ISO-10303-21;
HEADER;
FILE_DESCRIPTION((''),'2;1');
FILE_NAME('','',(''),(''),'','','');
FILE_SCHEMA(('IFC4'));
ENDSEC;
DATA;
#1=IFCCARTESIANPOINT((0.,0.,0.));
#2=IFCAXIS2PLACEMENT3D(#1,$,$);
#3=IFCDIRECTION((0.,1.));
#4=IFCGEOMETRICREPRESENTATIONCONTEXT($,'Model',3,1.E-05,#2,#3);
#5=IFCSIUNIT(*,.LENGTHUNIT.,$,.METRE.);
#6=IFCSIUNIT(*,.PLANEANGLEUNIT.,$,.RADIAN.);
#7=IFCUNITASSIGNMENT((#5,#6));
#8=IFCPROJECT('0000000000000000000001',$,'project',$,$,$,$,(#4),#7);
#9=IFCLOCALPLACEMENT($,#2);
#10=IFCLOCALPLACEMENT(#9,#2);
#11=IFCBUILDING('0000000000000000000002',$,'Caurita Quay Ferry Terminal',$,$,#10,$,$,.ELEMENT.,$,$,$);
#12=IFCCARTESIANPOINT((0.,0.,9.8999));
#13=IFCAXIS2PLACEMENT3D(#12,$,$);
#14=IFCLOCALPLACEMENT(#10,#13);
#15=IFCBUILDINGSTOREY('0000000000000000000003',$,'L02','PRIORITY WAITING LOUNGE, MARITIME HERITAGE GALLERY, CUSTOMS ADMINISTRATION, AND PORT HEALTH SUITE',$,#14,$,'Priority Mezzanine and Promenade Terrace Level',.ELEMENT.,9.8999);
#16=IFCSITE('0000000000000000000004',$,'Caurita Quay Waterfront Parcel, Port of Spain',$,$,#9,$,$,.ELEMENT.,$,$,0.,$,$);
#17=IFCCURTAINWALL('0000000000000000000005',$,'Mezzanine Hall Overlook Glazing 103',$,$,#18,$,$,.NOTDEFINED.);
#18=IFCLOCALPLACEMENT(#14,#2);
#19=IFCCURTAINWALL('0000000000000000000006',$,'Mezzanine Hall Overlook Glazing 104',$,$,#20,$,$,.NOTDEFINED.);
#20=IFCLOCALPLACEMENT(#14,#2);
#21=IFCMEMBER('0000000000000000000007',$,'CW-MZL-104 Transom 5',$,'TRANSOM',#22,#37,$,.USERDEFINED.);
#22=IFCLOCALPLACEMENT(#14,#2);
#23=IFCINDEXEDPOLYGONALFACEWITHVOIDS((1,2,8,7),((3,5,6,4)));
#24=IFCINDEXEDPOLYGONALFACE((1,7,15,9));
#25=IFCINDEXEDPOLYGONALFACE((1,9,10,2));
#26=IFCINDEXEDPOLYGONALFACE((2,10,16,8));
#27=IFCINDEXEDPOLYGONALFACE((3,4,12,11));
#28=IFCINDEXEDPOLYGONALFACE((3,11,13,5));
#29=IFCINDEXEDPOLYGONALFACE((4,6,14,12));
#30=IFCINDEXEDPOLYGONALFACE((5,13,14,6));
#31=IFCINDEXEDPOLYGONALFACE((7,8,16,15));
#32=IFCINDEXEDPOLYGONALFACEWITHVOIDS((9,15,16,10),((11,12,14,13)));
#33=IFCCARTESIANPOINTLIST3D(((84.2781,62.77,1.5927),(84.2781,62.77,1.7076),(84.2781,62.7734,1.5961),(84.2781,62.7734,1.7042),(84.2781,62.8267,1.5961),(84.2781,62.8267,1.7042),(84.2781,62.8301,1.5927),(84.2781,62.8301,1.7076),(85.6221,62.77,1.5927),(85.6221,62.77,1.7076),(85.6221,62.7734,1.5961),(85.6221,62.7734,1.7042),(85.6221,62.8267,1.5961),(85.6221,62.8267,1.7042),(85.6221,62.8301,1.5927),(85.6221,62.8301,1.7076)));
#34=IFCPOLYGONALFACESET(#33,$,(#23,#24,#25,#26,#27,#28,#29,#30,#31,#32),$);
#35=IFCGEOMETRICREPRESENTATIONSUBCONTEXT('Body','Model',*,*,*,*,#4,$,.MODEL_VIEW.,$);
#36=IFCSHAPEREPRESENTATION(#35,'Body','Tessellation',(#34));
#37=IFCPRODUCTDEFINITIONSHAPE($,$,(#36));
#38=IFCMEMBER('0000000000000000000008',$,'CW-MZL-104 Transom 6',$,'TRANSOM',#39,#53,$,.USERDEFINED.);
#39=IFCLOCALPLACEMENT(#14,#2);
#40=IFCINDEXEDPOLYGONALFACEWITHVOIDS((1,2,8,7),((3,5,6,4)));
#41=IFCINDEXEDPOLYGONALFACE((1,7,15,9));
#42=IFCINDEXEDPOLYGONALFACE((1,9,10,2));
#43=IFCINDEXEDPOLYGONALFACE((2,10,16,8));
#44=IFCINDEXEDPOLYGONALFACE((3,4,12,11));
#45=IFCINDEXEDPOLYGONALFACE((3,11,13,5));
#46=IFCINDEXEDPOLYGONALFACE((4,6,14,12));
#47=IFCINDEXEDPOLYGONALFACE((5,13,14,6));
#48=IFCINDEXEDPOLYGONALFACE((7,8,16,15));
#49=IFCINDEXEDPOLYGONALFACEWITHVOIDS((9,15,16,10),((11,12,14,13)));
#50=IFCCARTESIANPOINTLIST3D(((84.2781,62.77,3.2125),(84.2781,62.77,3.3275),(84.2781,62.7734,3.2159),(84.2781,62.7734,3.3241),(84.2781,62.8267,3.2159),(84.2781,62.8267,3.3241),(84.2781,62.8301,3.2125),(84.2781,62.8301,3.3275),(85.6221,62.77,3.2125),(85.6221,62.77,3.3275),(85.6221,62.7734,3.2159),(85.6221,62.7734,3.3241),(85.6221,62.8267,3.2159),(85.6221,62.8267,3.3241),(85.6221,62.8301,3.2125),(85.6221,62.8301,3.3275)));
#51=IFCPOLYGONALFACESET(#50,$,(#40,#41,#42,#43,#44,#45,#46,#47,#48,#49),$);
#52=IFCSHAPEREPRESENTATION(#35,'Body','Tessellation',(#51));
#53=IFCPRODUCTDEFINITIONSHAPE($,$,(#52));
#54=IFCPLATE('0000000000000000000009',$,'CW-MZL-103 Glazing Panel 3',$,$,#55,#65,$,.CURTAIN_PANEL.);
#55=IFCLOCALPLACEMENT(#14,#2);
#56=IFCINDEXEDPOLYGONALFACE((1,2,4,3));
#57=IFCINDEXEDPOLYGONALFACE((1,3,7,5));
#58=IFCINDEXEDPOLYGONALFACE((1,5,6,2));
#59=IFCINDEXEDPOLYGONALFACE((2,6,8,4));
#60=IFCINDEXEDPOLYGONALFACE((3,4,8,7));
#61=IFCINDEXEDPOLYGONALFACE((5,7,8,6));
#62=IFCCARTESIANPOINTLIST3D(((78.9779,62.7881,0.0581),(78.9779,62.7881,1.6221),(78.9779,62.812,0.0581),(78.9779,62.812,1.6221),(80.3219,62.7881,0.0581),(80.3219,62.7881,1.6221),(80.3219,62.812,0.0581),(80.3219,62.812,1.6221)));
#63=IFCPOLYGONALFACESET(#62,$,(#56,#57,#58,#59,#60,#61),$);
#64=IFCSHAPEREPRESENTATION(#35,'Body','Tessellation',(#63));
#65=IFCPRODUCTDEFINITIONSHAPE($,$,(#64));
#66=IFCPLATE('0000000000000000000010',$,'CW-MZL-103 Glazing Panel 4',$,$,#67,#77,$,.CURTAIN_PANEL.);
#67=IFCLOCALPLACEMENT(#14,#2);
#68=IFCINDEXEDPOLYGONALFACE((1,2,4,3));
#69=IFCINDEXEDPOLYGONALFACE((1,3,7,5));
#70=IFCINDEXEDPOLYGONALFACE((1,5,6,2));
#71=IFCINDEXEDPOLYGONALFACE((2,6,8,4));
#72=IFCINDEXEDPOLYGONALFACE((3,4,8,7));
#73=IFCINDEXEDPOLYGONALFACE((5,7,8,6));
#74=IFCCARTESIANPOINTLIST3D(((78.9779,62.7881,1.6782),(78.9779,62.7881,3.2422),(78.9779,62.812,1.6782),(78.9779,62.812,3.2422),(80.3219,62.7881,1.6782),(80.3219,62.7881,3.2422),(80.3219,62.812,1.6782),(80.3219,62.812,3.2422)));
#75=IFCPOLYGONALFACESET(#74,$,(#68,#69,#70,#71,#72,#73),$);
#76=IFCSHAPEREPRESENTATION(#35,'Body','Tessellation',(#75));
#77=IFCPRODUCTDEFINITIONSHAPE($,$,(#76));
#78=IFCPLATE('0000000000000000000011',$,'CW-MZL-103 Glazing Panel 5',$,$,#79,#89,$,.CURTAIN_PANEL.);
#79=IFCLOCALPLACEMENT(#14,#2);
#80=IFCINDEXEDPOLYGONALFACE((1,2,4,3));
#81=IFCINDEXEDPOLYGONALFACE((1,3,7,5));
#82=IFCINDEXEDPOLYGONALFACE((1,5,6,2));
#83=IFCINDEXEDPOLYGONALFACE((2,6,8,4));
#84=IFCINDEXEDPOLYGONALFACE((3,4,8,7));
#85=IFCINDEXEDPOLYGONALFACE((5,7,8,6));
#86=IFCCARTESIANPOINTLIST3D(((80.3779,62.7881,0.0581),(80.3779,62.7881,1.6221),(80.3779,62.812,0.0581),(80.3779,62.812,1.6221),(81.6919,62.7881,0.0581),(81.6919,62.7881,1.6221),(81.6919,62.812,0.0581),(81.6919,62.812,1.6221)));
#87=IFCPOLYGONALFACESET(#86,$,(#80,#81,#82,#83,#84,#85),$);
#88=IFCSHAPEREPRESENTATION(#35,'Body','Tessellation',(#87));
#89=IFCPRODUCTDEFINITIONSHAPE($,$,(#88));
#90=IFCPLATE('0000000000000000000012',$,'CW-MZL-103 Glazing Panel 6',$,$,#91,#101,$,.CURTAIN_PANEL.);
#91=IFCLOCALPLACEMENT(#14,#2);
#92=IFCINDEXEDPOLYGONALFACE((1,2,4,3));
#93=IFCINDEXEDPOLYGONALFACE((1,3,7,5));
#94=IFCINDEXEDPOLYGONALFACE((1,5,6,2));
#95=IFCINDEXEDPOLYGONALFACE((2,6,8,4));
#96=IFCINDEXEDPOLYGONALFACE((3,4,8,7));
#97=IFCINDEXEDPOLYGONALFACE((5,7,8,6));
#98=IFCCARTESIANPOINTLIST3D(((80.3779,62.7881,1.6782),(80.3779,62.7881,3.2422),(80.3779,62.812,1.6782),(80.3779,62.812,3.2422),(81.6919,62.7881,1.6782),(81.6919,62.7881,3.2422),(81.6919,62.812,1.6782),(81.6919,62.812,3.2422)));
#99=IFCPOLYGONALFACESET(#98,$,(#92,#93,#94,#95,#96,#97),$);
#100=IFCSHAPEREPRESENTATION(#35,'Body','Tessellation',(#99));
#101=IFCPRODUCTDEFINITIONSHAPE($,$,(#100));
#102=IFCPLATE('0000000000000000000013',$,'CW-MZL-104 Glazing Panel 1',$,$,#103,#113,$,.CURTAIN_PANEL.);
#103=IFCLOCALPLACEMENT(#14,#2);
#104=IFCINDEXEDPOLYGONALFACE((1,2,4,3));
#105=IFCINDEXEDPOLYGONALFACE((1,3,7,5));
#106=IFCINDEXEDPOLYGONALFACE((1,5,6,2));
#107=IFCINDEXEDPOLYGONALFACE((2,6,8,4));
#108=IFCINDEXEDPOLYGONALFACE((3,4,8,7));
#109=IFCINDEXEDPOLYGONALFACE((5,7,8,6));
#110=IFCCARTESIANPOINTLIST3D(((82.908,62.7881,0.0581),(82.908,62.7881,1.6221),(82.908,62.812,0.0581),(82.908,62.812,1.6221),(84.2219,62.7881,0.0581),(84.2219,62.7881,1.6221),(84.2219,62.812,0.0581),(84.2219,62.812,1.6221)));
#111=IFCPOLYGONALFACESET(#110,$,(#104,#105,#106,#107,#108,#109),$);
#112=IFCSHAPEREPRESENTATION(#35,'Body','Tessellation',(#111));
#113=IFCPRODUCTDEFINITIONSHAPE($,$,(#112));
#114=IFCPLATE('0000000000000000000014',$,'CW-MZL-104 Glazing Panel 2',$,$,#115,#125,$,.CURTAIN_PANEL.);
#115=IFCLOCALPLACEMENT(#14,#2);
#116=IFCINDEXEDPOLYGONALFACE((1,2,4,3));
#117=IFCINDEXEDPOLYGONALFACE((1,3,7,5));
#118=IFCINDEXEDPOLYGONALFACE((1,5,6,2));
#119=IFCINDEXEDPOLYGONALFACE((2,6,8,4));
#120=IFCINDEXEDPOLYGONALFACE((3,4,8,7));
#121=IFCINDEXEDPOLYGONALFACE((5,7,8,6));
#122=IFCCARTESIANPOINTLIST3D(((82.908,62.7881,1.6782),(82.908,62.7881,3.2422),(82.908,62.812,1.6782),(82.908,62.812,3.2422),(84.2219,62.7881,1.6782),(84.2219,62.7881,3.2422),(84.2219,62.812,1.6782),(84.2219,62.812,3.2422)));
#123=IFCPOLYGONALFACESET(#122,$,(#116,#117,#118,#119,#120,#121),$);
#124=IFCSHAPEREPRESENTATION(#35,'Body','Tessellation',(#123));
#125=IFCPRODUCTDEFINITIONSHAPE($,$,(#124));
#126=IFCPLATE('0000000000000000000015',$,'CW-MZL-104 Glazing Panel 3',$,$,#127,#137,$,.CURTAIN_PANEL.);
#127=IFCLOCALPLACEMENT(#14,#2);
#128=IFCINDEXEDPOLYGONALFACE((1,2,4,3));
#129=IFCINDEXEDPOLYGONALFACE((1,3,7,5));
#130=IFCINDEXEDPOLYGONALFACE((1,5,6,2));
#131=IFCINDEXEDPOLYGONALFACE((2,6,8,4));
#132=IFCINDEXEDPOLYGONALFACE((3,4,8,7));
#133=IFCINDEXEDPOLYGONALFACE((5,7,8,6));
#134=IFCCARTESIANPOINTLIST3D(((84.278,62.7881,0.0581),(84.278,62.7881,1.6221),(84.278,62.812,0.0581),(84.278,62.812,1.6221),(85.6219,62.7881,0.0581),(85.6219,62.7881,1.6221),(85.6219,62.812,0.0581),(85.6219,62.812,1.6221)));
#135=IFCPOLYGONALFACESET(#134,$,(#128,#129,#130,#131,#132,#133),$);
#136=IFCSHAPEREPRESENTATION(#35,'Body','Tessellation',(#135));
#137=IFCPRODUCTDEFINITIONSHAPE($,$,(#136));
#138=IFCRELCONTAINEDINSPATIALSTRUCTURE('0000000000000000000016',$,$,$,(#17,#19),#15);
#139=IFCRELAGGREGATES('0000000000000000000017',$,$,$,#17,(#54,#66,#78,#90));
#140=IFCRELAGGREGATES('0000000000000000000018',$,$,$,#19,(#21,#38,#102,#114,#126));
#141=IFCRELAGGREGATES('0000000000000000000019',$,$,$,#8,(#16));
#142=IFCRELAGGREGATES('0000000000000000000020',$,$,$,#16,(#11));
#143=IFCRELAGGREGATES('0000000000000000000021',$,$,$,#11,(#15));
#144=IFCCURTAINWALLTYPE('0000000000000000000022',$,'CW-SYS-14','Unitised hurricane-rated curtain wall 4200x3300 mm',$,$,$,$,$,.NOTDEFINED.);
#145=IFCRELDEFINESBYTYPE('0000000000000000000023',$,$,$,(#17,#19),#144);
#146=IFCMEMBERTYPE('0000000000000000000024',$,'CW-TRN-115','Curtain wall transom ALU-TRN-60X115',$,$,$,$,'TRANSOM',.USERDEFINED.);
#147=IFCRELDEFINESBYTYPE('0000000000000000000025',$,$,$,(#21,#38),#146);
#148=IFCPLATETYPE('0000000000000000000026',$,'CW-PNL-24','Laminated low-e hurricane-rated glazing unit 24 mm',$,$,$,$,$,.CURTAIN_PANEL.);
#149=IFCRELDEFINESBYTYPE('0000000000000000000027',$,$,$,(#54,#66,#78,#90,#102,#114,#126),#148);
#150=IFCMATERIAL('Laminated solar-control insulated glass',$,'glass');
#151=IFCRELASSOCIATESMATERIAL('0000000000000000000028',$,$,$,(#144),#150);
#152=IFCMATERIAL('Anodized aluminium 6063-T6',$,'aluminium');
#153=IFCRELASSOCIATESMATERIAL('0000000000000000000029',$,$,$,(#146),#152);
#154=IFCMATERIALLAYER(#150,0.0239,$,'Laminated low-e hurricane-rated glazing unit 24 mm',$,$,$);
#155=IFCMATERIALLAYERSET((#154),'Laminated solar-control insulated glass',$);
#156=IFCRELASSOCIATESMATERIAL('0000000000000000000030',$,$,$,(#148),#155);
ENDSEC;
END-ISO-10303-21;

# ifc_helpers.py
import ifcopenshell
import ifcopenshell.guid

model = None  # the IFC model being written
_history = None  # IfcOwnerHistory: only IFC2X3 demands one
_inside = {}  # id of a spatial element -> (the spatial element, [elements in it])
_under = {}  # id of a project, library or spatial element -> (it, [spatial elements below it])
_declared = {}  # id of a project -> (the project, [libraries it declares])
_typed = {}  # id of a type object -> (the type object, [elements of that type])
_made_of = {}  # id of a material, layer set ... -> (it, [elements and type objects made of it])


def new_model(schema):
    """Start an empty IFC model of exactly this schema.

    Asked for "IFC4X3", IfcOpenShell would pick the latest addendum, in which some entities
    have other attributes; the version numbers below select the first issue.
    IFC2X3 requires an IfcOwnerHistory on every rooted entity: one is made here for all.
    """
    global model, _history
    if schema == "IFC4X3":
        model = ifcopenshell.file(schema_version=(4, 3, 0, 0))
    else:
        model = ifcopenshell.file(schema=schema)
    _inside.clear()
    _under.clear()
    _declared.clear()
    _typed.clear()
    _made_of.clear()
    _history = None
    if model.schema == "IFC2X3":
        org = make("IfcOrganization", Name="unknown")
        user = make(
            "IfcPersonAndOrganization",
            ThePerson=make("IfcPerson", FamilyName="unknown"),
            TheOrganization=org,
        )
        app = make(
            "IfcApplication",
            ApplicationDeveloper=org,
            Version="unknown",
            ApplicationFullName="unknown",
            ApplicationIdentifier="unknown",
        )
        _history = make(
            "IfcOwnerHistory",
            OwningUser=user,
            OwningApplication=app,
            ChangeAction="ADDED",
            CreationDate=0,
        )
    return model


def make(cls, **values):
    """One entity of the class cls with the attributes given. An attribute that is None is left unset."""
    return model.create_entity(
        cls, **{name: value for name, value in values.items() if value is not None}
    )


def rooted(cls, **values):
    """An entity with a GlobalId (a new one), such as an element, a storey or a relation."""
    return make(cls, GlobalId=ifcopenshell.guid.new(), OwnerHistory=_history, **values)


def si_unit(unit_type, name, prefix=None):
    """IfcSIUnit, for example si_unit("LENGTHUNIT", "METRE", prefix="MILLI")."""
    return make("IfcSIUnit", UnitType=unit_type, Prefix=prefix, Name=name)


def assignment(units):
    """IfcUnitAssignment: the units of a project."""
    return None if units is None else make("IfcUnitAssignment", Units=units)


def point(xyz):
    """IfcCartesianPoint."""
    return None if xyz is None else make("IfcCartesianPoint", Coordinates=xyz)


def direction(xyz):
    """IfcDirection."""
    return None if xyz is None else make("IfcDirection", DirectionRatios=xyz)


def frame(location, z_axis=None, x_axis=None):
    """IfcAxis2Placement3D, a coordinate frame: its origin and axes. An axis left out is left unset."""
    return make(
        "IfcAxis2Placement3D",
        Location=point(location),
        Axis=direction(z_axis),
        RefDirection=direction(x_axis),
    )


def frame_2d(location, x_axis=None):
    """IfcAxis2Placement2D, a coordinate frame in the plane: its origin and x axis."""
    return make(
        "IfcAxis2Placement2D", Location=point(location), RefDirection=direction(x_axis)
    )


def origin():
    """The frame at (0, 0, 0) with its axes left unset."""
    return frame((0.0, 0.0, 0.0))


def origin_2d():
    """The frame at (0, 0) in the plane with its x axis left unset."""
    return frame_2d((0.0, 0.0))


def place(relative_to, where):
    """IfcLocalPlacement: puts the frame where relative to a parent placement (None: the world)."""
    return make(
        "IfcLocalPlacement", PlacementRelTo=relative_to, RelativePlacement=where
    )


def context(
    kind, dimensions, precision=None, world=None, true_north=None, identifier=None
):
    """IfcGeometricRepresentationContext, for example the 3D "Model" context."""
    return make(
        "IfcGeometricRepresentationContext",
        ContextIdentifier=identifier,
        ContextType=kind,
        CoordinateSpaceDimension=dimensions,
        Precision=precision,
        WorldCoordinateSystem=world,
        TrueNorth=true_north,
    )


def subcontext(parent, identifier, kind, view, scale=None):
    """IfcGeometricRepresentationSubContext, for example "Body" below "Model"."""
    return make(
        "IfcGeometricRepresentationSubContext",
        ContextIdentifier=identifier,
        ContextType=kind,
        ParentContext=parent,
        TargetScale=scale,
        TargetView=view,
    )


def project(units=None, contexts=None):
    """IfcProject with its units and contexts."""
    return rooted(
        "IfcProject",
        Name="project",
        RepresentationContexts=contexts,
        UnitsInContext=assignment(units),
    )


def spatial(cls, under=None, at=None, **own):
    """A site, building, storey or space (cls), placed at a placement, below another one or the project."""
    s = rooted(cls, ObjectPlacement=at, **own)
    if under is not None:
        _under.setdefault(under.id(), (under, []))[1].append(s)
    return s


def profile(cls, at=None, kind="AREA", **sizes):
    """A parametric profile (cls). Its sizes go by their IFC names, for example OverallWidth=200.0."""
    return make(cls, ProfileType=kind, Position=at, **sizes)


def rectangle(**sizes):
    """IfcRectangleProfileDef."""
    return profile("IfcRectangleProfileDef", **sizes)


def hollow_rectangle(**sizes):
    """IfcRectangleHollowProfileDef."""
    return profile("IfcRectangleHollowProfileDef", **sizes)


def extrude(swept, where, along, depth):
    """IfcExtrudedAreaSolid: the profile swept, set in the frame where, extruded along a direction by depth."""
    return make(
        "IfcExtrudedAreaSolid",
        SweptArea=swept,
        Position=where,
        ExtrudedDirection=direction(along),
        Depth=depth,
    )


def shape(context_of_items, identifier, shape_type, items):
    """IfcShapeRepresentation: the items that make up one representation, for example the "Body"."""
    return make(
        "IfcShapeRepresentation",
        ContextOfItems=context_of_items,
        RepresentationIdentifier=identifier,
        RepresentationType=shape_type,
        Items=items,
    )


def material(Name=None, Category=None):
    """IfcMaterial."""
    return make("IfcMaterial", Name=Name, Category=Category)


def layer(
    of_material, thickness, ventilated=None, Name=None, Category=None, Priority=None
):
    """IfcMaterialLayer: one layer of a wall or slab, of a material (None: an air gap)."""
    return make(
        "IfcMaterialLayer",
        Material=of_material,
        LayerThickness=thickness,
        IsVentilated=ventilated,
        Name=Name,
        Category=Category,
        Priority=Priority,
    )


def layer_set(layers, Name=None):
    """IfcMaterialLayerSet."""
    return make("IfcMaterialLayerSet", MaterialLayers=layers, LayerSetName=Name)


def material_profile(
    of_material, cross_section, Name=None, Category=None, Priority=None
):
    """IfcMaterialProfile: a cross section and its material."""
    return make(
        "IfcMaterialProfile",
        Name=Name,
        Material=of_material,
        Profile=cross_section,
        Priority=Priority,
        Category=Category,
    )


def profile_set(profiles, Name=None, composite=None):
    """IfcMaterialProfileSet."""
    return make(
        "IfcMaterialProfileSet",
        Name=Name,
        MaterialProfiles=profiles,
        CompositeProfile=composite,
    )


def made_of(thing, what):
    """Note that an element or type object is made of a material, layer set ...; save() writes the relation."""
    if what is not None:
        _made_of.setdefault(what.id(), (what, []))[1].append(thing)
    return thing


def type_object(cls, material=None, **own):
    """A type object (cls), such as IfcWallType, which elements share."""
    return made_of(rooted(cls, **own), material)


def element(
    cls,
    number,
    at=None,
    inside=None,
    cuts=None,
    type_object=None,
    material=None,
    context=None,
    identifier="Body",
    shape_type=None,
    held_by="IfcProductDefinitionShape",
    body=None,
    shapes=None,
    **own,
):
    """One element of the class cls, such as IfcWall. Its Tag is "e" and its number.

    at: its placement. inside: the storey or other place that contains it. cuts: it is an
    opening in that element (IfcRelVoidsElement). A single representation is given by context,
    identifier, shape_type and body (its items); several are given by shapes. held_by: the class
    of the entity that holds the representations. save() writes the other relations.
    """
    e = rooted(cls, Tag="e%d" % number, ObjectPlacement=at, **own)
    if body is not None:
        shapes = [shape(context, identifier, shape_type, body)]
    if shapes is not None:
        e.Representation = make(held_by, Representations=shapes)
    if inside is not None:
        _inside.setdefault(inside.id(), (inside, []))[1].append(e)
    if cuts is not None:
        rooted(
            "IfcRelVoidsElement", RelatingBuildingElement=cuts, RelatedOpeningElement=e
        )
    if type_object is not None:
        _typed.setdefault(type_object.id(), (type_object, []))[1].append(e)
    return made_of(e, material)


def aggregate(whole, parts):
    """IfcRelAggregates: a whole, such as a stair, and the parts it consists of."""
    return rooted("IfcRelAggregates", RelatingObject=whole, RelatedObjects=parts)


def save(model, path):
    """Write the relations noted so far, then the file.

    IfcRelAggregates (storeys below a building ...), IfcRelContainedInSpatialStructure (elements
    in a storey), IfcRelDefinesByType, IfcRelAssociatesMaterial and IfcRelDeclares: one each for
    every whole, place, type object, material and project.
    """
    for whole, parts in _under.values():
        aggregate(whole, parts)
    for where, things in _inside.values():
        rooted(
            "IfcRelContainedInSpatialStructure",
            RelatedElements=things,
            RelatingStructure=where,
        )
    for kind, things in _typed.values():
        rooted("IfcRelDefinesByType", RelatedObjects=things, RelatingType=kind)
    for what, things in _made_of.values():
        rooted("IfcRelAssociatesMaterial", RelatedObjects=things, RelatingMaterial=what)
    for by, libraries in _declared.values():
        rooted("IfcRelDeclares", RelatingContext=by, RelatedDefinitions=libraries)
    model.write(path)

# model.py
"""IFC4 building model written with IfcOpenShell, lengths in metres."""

from ifc_helpers import new_model, si_unit, direction, frame, origin, origin_2d, place, context, subcontext, project, spatial, rectangle, hollow_rectangle, extrude, material, layer, layer_set, material_profile, profile_set, type_object, element, aggregate, save


model = new_model("IFC4")

# Units and contexts
model_context = context("Model", 3, precision=1e-05, world=origin(), true_north=direction((0.0, 1.0)))
body_context = subcontext(model_context, "Body", "Model", "MODEL_VIEW")
ifc_project = project(units=[si_unit("LENGTHUNIT", "METRE"), si_unit("PLANEANGLEUNIT", "RADIAN")], contexts=[model_context])

# Site, building, storey
site_placement = place(None, origin())
site = spatial("IfcSite", under=ifc_project, at=site_placement, Name="Caurita Quay Waterfront Parcel, Port of Spain", CompositionType="ELEMENT", RefElevation=0.0)
building_placement = place(site_placement, origin())
building = spatial("IfcBuilding", under=site, at=building_placement, Name="Caurita Quay Ferry Terminal", CompositionType="ELEMENT")
storey_placement = place(building_placement, frame((0.0, 0.0, 9.8999)))
storey = spatial("IfcBuildingStorey", under=building, at=storey_placement, Name="L02", Description="PRIORITY WAITING LOUNGE, MARITIME HERITAGE GALLERY, CUSTOMS ADMINISTRATION, AND PORT HEALTH SUITE", LongName="Priority Mezzanine and Promenade Terrace Level", CompositionType="ELEMENT", Elevation=9.8999)

# Curtain walls
ifc_material_1 = material(Name="Laminated solar-control insulated glass", Category="glass")
curtain_wall_type = type_object("IfcCurtainWallType", Name="CW-SYS-14", Description="Unitised hurricane-rated curtain wall 4200x3300 mm", PredefinedType="NOTDEFINED", material=ifc_material_1)
curtain_wall_1_placement = place(storey_placement, origin())
curtain_wall_1 = element("IfcCurtainWall", 1, at=curtain_wall_1_placement, inside=storey, type_object=curtain_wall_type, Name="Mezzanine Hall Overlook Glazing 103", PredefinedType="NOTDEFINED")
ifc_material_2 = material(Name="Anodized aluminium 6063-T6", Category="aluminium")
curtain_wall_2_placement = place(storey_placement, origin())
curtain_wall_2 = element("IfcCurtainWall", 2, at=curtain_wall_2_placement, inside=storey, type_object=curtain_wall_type, Name="Mezzanine Hall Overlook Glazing 104", PredefinedType="NOTDEFINED")

# Members
ifc_material_profile_1 = material_profile(ifc_material_2, hollow_rectangle(XDim=0.0601, YDim=0.115, WallThickness=0.0034, at=origin_2d()), Name="ALU-TRN-60X115")
ifc_profile_set_1 = profile_set([ifc_material_profile_1], Name="Anodized aluminium 6063-T6")
member_type_1 = type_object("IfcMemberType", Name="CW-TRN-115", Description="Curtain wall transom ALU-TRN-60X115", ElementType="TRANSOM", PredefinedType="USERDEFINED", material=ifc_profile_set_1)
member_1_placement = place(storey_placement, frame((84.2781, 62.8, 1.6501), z_axis=(1.0, 0.0, 0.0), x_axis=(0.0, 1.0, 0.0)))
member_1 = element("IfcMember", 3, at=member_1_placement, type_object=member_type_1, Name="CW-MZL-104 Transom 5", ObjectType="TRANSOM", PredefinedType="USERDEFINED", context=body_context, shape_type="SweptSolid", body=[
    extrude(hollow_rectangle(XDim=0.0601, YDim=0.115, WallThickness=0.0034, at=origin_2d()), origin(), (0.0, 0.0, 1.0), 1.344),
])
member_2_placement = place(storey_placement, frame((84.2781, 62.8, 3.27), z_axis=(1.0, 0.0, 0.0), x_axis=(0.0, 1.0, 0.0)))
member_2 = element("IfcMember", 4, at=member_2_placement, type_object=member_type_1, Name="CW-MZL-104 Transom 6", ObjectType="TRANSOM", PredefinedType="USERDEFINED", context=body_context, shape_type="SweptSolid", body=[
    extrude(hollow_rectangle(XDim=0.0601, YDim=0.115, WallThickness=0.0034, at=origin_2d()), origin(), (0.0, 0.0, 1.0), 1.344),
])

# Plates
ifc_layer = layer(ifc_material_1, 0.0239, Name="Laminated low-e hurricane-rated glazing unit 24 mm")
ifc_layer_set = layer_set([ifc_layer], Name="Laminated solar-control insulated glass")
plate_type = type_object("IfcPlateType", Name="CW-PNL-24", Description="Laminated low-e hurricane-rated glazing unit 24 mm", PredefinedType="CURTAIN_PANEL", material=ifc_layer_set)
plate_1_placement = place(storey_placement, frame((79.6499, 62.8, 0.0581), z_axis=(0.0, 0.0, 1.0), x_axis=(1.0, 0.0, 0.0)))
plate_1 = element("IfcPlate", 5, at=plate_1_placement, type_object=plate_type, Name="CW-MZL-103 Glazing Panel 3", PredefinedType="CURTAIN_PANEL", context=body_context, shape_type="SweptSolid", body=[
    extrude(rectangle(XDim=1.344, YDim=0.0239, at=origin_2d()), origin(), (0.0, 0.0, 1.0), 1.564),
])
plate_2_placement = place(storey_placement, frame((79.6499, 62.8, 1.6782), z_axis=(0.0, 0.0, 1.0), x_axis=(1.0, 0.0, 0.0)))
plate_2 = element("IfcPlate", 6, at=plate_2_placement, type_object=plate_type, Name="CW-MZL-103 Glazing Panel 4", PredefinedType="CURTAIN_PANEL", context=body_context, shape_type="SweptSolid", body=[
    extrude(rectangle(XDim=1.344, YDim=0.0239, at=origin_2d()), origin(), (0.0, 0.0, 1.0), 1.564),
])
plate_3_placement = place(storey_placement, frame((81.0349, 62.8, 0.0581), z_axis=(0.0, 0.0, 1.0), x_axis=(1.0, 0.0, 0.0)))
plate_3 = element("IfcPlate", 7, at=plate_3_placement, type_object=plate_type, Name="CW-MZL-103 Glazing Panel 5", PredefinedType="CURTAIN_PANEL", context=body_context, shape_type="SweptSolid", body=[
    extrude(rectangle(XDim=1.314, YDim=0.0239, at=origin_2d()), origin(), (0.0, 0.0, 1.0), 1.564),
])
plate_4_placement = place(storey_placement, frame((81.0349, 62.8, 1.6782), z_axis=(0.0, 0.0, 1.0), x_axis=(1.0, 0.0, 0.0)))
plate_4 = element("IfcPlate", 8, at=plate_4_placement, type_object=plate_type, Name="CW-MZL-103 Glazing Panel 6", PredefinedType="CURTAIN_PANEL", context=body_context, shape_type="SweptSolid", body=[
    extrude(rectangle(XDim=1.314, YDim=0.0239, at=origin_2d()), origin(), (0.0, 0.0, 1.0), 1.564),
])
aggregate(curtain_wall_1, [plate_1, plate_2, plate_3, plate_4])
plate_5_placement = place(storey_placement, frame((83.5649, 62.8, 0.0581), z_axis=(0.0, 0.0, 1.0), x_axis=(1.0, 0.0, 0.0)))
plate_5 = element("IfcPlate", 9, at=plate_5_placement, type_object=plate_type, Name="CW-MZL-104 Glazing Panel 1", PredefinedType="CURTAIN_PANEL", context=body_context, shape_type="SweptSolid", body=[
    extrude(rectangle(XDim=1.314, YDim=0.0239, at=origin_2d()), origin(), (0.0, 0.0, 1.0), 1.564),
])
plate_6_placement = place(storey_placement, frame((83.5649, 62.8, 1.6782), z_axis=(0.0, 0.0, 1.0), x_axis=(1.0, 0.0, 0.0)))
plate_6 = element("IfcPlate", 10, at=plate_6_placement, type_object=plate_type, Name="CW-MZL-104 Glazing Panel 2", PredefinedType="CURTAIN_PANEL", context=body_context, shape_type="SweptSolid", body=[
    extrude(rectangle(XDim=1.314, YDim=0.0239, at=origin_2d()), origin(), (0.0, 0.0, 1.0), 1.564),
])
plate_7_placement = place(storey_placement, frame((84.95, 62.8, 0.0581), z_axis=(0.0, 0.0, 1.0), x_axis=(1.0, 0.0, 0.0)))
plate_7 = element("IfcPlate", 11, at=plate_7_placement, type_object=plate_type, Name="CW-MZL-104 Glazing Panel 3", PredefinedType="CURTAIN_PANEL", context=body_context, shape_type="SweptSolid", body=[
    extrude(rectangle(XDim=1.344, YDim=0.0239, at=origin_2d()), origin(), (0.0, 0.0, 1.0), 1.564),
])
aggregate(curtain_wall_2, [member_1, member_2, plate_5, plate_6, plate_7])

save(model, "model.ifc")
